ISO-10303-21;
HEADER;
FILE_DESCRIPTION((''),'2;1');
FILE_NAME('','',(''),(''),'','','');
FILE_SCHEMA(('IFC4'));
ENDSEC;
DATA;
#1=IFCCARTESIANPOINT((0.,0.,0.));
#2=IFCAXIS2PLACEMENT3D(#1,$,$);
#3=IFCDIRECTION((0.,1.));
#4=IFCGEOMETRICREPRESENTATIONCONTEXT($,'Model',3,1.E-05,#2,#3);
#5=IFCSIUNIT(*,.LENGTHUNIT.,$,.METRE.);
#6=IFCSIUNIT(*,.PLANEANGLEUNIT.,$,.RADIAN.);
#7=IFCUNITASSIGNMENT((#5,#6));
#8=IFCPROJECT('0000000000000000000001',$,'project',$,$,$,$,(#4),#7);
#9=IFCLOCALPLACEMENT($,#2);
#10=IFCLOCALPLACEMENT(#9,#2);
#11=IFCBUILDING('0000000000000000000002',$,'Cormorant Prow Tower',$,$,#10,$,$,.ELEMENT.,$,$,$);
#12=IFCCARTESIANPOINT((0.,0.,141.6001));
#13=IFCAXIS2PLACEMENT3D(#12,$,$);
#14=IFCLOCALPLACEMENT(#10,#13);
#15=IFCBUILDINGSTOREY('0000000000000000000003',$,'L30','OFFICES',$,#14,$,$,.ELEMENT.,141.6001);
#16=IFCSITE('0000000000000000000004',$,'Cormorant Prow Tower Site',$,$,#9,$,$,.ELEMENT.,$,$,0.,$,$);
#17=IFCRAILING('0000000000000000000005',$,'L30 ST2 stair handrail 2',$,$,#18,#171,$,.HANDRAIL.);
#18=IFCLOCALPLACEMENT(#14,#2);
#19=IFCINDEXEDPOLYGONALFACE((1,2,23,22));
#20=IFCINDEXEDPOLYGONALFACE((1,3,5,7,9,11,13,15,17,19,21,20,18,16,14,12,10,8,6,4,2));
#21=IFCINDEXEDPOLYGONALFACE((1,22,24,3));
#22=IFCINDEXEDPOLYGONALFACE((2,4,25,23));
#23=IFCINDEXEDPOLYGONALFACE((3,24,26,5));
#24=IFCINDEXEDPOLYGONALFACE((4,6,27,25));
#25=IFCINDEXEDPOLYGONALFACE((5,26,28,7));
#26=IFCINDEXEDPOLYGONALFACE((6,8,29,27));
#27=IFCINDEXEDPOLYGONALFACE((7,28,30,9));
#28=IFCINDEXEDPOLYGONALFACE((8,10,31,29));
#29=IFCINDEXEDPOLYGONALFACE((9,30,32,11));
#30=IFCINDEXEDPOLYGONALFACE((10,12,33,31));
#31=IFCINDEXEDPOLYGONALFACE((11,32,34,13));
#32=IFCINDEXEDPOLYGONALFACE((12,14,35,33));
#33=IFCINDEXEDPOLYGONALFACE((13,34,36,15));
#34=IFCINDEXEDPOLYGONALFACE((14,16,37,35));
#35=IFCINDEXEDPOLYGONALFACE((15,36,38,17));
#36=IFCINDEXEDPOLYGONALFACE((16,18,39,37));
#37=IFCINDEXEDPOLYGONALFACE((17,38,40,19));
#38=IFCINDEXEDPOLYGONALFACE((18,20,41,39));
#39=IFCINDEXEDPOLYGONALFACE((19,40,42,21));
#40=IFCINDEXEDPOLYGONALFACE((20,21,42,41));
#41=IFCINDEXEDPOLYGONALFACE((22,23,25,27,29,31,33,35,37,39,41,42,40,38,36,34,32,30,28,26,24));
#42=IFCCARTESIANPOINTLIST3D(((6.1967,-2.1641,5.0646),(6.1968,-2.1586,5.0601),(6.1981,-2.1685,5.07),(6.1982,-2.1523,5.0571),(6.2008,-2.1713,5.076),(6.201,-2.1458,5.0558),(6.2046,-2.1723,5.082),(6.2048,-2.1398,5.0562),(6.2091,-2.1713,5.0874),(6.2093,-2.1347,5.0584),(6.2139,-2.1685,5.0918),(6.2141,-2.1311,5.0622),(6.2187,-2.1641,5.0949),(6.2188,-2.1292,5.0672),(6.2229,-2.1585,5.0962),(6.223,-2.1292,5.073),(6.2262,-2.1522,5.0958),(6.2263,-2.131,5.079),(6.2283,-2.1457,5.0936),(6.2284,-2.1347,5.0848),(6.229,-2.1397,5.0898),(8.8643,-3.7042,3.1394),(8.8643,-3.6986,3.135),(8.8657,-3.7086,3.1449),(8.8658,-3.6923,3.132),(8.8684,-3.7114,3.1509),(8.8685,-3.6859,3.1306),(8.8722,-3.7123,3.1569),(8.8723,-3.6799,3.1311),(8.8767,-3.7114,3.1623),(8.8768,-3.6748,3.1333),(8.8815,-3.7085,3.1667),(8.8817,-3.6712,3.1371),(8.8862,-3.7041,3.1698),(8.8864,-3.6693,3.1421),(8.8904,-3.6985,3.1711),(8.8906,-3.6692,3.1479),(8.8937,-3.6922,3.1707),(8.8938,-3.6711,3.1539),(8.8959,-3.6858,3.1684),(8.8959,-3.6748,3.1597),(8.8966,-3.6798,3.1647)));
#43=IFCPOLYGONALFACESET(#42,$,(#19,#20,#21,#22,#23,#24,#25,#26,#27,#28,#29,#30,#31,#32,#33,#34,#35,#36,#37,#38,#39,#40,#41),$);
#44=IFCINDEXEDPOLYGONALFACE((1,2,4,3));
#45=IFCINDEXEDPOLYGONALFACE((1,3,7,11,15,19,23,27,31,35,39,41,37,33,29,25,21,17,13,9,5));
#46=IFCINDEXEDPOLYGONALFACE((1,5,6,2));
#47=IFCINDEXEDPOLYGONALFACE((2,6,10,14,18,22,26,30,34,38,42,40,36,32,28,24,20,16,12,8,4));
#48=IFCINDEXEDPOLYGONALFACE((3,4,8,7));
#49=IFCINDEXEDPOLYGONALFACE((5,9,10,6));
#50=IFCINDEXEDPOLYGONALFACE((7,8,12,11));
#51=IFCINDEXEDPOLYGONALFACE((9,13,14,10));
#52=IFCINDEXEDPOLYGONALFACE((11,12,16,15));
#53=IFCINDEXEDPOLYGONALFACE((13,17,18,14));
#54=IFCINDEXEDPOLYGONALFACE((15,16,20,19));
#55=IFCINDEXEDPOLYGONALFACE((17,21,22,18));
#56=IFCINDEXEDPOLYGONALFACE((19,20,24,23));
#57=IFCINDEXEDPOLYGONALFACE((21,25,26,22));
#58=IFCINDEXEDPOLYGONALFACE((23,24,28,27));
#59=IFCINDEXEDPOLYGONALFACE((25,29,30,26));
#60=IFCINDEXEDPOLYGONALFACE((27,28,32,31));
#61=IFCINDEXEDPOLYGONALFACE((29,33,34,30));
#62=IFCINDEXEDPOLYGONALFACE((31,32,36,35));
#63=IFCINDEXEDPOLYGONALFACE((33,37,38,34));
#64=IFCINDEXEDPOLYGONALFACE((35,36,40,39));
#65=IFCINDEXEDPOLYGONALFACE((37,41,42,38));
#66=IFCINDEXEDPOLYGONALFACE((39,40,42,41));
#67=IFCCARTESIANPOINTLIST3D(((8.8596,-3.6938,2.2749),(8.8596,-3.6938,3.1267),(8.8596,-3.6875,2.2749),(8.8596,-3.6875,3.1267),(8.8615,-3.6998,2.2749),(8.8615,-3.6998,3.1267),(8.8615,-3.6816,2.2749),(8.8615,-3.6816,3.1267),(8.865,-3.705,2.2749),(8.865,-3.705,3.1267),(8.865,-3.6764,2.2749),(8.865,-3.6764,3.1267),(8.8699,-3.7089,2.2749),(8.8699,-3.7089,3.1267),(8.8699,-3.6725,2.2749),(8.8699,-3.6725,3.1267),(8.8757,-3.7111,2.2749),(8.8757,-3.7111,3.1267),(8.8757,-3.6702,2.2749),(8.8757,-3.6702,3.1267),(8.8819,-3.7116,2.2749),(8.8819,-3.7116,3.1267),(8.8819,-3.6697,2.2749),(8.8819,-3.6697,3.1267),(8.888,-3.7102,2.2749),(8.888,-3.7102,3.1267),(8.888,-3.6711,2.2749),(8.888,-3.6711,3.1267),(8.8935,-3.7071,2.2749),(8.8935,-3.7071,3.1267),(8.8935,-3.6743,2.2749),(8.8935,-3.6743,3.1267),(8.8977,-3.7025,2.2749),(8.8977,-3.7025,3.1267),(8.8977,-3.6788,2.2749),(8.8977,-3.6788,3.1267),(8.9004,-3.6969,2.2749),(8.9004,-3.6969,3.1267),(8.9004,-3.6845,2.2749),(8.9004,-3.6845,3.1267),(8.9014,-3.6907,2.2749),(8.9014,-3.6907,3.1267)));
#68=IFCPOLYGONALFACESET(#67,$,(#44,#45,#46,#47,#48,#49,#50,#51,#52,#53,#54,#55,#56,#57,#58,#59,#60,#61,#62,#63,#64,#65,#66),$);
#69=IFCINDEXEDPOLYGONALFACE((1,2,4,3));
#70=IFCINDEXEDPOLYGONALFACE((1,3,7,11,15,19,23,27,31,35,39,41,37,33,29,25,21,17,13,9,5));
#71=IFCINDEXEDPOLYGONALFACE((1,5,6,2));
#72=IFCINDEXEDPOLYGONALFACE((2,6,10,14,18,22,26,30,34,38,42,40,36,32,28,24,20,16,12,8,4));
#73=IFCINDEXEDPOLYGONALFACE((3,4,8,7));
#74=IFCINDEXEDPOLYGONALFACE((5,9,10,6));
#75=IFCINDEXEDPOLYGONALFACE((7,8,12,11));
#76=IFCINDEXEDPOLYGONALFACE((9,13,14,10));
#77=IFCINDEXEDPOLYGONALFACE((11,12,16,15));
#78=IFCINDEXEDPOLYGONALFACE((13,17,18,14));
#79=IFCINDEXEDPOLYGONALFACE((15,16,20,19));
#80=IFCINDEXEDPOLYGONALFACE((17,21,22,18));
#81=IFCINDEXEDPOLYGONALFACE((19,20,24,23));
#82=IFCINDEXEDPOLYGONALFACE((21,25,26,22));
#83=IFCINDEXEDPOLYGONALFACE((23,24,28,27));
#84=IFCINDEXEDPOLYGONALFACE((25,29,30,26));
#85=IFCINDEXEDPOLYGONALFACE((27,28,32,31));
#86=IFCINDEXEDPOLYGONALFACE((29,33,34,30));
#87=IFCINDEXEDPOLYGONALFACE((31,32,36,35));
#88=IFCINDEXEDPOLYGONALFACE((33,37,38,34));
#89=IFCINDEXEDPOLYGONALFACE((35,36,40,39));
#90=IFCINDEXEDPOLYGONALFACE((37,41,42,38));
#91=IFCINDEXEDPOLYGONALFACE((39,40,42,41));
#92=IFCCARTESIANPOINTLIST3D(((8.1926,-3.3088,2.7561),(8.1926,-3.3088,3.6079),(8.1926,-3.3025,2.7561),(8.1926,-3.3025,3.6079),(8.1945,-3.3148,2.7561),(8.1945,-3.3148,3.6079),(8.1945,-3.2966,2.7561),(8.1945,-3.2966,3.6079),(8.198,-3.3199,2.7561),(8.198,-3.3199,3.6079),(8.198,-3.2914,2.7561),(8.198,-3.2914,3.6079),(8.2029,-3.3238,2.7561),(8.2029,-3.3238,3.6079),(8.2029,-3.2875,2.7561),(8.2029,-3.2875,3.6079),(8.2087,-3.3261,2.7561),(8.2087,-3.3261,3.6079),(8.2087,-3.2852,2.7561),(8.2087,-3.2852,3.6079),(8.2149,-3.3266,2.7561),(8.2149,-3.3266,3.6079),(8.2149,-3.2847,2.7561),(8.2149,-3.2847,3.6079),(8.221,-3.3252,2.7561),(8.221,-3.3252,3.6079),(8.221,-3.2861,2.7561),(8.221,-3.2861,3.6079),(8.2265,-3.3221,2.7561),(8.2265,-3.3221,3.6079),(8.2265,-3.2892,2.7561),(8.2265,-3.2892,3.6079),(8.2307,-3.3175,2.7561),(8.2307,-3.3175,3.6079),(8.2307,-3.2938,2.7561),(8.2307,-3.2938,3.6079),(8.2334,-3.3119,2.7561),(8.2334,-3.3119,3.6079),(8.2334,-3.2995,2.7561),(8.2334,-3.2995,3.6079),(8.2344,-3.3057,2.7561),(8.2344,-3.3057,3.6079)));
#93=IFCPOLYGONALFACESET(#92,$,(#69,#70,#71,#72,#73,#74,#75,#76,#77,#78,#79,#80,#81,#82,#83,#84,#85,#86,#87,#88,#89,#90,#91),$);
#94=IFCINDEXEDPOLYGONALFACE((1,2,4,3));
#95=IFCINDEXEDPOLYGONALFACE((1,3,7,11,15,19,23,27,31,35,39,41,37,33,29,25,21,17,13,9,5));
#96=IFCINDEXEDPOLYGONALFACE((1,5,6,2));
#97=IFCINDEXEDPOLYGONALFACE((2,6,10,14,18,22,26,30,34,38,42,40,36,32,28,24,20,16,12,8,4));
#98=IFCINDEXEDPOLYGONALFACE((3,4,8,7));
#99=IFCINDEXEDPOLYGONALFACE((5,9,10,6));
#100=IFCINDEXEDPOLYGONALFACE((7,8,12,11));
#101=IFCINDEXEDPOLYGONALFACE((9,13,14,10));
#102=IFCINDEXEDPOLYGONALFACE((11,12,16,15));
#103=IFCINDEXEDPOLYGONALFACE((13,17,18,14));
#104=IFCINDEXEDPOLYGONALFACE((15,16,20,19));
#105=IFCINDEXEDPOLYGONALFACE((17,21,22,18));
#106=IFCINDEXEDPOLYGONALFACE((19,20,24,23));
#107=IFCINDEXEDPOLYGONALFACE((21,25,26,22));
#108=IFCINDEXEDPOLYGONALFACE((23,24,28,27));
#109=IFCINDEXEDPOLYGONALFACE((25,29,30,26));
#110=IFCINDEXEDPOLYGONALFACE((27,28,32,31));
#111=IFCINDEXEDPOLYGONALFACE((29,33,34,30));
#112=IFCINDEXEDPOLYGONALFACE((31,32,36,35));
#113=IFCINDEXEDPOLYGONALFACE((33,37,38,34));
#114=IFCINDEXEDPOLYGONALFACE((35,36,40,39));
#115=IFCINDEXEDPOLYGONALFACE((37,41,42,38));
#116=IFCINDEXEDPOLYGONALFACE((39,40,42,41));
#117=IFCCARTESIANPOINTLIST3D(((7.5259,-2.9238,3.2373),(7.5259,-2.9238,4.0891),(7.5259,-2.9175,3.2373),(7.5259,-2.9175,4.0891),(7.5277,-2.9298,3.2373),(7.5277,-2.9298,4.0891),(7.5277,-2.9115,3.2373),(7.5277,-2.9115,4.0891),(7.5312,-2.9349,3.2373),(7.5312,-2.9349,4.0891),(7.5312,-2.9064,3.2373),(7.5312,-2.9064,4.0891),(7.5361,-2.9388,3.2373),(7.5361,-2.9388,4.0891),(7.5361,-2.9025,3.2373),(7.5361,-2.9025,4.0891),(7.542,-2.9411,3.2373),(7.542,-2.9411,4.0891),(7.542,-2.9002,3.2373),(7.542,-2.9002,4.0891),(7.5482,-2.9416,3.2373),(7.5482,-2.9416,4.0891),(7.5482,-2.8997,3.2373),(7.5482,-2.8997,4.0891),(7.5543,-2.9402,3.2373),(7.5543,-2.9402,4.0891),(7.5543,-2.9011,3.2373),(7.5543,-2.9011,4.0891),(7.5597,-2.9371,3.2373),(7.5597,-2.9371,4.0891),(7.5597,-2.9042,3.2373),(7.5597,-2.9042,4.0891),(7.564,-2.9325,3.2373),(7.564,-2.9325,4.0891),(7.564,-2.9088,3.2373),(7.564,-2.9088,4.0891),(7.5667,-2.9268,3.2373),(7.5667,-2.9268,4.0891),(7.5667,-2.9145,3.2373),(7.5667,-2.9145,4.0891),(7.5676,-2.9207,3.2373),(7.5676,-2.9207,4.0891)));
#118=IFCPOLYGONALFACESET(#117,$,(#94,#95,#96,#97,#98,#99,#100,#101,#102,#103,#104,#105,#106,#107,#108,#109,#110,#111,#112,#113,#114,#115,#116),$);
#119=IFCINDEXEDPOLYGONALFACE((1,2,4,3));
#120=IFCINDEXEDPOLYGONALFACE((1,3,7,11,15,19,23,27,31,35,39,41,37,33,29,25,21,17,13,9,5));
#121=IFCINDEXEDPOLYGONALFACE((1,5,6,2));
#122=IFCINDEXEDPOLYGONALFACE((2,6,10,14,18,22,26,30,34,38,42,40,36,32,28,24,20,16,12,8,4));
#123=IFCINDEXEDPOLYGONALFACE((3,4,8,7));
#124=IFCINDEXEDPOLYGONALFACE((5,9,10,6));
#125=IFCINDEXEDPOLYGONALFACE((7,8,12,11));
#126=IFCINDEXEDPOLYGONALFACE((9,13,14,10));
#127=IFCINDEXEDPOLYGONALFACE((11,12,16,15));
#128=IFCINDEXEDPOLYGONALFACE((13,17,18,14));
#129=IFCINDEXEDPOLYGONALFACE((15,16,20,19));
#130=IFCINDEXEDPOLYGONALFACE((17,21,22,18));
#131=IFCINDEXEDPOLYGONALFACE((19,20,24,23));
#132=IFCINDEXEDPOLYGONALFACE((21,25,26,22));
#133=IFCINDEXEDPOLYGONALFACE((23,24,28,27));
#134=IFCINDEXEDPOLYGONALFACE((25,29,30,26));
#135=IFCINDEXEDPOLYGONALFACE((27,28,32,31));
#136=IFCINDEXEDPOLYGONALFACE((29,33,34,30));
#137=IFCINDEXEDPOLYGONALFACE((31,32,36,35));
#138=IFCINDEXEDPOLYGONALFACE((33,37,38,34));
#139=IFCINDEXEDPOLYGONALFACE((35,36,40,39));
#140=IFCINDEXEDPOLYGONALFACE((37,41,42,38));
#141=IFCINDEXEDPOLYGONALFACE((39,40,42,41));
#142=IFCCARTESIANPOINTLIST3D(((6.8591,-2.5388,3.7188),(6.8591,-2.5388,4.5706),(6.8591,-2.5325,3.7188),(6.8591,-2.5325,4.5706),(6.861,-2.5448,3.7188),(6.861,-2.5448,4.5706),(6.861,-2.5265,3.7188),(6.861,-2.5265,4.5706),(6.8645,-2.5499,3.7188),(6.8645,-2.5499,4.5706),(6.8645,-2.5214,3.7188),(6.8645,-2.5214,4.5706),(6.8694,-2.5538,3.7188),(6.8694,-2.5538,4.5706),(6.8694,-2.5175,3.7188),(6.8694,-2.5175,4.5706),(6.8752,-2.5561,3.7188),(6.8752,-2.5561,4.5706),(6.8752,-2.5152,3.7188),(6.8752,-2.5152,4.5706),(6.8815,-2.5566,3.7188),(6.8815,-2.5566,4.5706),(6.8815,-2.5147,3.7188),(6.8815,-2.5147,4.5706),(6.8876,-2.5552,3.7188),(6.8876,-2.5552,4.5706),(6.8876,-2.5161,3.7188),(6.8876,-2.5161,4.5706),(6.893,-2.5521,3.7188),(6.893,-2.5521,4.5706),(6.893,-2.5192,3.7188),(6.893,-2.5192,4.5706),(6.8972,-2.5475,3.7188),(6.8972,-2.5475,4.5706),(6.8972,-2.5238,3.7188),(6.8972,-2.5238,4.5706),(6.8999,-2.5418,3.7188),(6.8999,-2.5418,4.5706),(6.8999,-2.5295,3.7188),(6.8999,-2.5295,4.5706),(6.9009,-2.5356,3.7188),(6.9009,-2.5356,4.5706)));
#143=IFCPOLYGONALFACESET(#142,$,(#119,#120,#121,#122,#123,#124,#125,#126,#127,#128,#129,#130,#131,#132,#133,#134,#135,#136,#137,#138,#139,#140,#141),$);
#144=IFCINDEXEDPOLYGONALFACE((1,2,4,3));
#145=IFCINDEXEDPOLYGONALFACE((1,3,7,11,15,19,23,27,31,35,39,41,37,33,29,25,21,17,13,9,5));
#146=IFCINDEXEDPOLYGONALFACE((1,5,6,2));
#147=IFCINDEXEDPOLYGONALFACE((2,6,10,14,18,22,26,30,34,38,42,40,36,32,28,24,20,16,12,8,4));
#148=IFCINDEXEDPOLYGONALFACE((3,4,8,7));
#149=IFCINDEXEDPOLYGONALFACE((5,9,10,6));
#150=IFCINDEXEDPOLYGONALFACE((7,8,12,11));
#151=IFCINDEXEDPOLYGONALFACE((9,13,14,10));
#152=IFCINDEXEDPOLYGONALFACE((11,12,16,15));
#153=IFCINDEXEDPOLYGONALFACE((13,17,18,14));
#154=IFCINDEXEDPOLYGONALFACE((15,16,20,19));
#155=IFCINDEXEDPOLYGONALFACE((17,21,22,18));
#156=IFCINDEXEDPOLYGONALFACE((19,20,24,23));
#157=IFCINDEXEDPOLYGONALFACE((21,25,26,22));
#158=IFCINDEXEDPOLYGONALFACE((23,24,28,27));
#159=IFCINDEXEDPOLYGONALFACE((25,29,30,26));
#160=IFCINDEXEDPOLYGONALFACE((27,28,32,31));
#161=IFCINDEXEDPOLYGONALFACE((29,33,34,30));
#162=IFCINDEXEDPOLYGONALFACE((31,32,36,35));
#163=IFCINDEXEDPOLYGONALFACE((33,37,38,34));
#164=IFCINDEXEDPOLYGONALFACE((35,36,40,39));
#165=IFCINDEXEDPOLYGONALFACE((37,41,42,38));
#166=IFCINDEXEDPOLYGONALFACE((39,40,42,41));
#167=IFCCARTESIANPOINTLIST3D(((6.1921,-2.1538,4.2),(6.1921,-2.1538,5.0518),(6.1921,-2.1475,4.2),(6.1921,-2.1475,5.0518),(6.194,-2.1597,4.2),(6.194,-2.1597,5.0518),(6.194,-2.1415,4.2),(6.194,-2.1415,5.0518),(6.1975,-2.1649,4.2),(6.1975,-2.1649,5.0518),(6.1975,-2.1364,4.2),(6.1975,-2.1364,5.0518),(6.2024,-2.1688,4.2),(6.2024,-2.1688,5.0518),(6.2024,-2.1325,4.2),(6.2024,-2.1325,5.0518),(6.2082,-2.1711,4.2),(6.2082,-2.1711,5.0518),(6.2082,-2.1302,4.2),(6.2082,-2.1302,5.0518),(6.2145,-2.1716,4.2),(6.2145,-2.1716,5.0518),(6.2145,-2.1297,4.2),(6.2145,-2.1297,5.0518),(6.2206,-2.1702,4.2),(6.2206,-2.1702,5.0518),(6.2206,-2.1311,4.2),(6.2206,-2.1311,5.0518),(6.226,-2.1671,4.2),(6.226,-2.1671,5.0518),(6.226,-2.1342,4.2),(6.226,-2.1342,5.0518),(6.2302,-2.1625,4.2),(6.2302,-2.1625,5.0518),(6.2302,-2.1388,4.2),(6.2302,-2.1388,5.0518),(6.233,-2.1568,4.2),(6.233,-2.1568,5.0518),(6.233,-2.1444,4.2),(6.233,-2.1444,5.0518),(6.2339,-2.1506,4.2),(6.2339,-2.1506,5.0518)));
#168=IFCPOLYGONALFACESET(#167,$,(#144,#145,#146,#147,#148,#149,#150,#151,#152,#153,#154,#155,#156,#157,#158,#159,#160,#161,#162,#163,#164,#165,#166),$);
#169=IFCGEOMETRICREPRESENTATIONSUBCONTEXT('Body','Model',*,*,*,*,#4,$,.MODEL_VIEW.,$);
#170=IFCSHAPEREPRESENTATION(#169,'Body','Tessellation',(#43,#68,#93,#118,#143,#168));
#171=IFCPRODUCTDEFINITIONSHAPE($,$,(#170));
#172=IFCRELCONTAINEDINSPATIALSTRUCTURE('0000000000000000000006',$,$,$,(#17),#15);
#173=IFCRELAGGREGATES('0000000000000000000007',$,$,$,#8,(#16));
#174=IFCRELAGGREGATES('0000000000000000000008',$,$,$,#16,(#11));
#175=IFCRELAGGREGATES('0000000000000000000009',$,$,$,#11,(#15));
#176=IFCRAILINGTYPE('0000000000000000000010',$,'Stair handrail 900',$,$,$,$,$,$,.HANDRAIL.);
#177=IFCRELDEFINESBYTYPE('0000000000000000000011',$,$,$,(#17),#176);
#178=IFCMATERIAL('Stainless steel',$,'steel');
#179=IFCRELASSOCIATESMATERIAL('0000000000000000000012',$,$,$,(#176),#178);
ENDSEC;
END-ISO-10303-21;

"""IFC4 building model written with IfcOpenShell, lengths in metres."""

from ifc_helpers import new_model, si_unit, direction, frame, origin, origin_2d, place, context, subcontext, project, spatial, circle, extrude, material, type_object, element, save


model = new_model("IFC4")

# Units and contexts
model_context = context("Model", 3, precision=1e-05, world=origin(), true_north=direction((0.0, 1.0)))
body_context = subcontext(model_context, "Body", "Model", "MODEL_VIEW")
ifc_project = project(units=[si_unit("LENGTHUNIT", "METRE"), si_unit("PLANEANGLEUNIT", "RADIAN")], contexts=[model_context])

# Site, building, storey
site_placement = place(None, origin())
site = spatial("IfcSite", under=ifc_project, at=site_placement, Name="Cormorant Prow Tower Site", CompositionType="ELEMENT", RefElevation=0.0)
building_placement = place(site_placement, origin())
building = spatial("IfcBuilding", under=site, at=building_placement, Name="Cormorant Prow Tower", CompositionType="ELEMENT")
storey_placement = place(building_placement, frame((0.0, 0.0, 141.6001)))
storey = spatial("IfcBuildingStorey", under=building, at=storey_placement, Name="L30", Description="OFFICES", CompositionType="ELEMENT", Elevation=141.6001)

# Railing
ifc_material_1 = material(Name="Stainless steel", Category="steel")
railing_type_1 = type_object("IfcRailingType", Name="Stair handrail 900", PredefinedType="HANDRAIL", material=ifc_material_1)
railing_1_placement = place(storey_placement, frame((8.8804, -3.6907, 2.2749)))
element("IfcRailing", 1, at=railing_1_placement, inside=storey, type_object=railing_type_1, Name="L30 ST2 stair handrail 2", PredefinedType="HANDRAIL", context=body_context, shape_type="SweptSolid", body=[
    extrude(circle(Radius=0.0239, at=origin_2d()), frame((0.0, 0.0, 0.876), z_axis=(-0.734395, 0.423994, 0.529993), x_axis=(-0.499992, -0.86603, 0.0)), (0.0, 0.0, 1.0), 3.6323),
    extrude(circle(Radius=0.021, at=origin_2d()), origin(), (0.0, 0.0, 1.0), 0.8518),
    extrude(circle(Radius=0.021, at=origin_2d()), frame((-0.667, 0.385, 0.4812)), (0.0, 0.0, 1.0), 0.8518),
    extrude(circle(Radius=0.021, at=origin_2d()), frame((-1.3337, 0.77, 0.9624)), (0.0, 0.0, 1.0), 0.8518),
    extrude(circle(Radius=0.021, at=origin_2d()), frame((-2.0005, 1.155, 1.4438)), (0.0, 0.0, 1.0), 0.8518),
    extrude(circle(Radius=0.021, at=origin_2d()), frame((-2.6675, 1.54, 1.925)), (0.0, 0.0, 1.0), 0.8518),
])

save(model, "model.ifc")
